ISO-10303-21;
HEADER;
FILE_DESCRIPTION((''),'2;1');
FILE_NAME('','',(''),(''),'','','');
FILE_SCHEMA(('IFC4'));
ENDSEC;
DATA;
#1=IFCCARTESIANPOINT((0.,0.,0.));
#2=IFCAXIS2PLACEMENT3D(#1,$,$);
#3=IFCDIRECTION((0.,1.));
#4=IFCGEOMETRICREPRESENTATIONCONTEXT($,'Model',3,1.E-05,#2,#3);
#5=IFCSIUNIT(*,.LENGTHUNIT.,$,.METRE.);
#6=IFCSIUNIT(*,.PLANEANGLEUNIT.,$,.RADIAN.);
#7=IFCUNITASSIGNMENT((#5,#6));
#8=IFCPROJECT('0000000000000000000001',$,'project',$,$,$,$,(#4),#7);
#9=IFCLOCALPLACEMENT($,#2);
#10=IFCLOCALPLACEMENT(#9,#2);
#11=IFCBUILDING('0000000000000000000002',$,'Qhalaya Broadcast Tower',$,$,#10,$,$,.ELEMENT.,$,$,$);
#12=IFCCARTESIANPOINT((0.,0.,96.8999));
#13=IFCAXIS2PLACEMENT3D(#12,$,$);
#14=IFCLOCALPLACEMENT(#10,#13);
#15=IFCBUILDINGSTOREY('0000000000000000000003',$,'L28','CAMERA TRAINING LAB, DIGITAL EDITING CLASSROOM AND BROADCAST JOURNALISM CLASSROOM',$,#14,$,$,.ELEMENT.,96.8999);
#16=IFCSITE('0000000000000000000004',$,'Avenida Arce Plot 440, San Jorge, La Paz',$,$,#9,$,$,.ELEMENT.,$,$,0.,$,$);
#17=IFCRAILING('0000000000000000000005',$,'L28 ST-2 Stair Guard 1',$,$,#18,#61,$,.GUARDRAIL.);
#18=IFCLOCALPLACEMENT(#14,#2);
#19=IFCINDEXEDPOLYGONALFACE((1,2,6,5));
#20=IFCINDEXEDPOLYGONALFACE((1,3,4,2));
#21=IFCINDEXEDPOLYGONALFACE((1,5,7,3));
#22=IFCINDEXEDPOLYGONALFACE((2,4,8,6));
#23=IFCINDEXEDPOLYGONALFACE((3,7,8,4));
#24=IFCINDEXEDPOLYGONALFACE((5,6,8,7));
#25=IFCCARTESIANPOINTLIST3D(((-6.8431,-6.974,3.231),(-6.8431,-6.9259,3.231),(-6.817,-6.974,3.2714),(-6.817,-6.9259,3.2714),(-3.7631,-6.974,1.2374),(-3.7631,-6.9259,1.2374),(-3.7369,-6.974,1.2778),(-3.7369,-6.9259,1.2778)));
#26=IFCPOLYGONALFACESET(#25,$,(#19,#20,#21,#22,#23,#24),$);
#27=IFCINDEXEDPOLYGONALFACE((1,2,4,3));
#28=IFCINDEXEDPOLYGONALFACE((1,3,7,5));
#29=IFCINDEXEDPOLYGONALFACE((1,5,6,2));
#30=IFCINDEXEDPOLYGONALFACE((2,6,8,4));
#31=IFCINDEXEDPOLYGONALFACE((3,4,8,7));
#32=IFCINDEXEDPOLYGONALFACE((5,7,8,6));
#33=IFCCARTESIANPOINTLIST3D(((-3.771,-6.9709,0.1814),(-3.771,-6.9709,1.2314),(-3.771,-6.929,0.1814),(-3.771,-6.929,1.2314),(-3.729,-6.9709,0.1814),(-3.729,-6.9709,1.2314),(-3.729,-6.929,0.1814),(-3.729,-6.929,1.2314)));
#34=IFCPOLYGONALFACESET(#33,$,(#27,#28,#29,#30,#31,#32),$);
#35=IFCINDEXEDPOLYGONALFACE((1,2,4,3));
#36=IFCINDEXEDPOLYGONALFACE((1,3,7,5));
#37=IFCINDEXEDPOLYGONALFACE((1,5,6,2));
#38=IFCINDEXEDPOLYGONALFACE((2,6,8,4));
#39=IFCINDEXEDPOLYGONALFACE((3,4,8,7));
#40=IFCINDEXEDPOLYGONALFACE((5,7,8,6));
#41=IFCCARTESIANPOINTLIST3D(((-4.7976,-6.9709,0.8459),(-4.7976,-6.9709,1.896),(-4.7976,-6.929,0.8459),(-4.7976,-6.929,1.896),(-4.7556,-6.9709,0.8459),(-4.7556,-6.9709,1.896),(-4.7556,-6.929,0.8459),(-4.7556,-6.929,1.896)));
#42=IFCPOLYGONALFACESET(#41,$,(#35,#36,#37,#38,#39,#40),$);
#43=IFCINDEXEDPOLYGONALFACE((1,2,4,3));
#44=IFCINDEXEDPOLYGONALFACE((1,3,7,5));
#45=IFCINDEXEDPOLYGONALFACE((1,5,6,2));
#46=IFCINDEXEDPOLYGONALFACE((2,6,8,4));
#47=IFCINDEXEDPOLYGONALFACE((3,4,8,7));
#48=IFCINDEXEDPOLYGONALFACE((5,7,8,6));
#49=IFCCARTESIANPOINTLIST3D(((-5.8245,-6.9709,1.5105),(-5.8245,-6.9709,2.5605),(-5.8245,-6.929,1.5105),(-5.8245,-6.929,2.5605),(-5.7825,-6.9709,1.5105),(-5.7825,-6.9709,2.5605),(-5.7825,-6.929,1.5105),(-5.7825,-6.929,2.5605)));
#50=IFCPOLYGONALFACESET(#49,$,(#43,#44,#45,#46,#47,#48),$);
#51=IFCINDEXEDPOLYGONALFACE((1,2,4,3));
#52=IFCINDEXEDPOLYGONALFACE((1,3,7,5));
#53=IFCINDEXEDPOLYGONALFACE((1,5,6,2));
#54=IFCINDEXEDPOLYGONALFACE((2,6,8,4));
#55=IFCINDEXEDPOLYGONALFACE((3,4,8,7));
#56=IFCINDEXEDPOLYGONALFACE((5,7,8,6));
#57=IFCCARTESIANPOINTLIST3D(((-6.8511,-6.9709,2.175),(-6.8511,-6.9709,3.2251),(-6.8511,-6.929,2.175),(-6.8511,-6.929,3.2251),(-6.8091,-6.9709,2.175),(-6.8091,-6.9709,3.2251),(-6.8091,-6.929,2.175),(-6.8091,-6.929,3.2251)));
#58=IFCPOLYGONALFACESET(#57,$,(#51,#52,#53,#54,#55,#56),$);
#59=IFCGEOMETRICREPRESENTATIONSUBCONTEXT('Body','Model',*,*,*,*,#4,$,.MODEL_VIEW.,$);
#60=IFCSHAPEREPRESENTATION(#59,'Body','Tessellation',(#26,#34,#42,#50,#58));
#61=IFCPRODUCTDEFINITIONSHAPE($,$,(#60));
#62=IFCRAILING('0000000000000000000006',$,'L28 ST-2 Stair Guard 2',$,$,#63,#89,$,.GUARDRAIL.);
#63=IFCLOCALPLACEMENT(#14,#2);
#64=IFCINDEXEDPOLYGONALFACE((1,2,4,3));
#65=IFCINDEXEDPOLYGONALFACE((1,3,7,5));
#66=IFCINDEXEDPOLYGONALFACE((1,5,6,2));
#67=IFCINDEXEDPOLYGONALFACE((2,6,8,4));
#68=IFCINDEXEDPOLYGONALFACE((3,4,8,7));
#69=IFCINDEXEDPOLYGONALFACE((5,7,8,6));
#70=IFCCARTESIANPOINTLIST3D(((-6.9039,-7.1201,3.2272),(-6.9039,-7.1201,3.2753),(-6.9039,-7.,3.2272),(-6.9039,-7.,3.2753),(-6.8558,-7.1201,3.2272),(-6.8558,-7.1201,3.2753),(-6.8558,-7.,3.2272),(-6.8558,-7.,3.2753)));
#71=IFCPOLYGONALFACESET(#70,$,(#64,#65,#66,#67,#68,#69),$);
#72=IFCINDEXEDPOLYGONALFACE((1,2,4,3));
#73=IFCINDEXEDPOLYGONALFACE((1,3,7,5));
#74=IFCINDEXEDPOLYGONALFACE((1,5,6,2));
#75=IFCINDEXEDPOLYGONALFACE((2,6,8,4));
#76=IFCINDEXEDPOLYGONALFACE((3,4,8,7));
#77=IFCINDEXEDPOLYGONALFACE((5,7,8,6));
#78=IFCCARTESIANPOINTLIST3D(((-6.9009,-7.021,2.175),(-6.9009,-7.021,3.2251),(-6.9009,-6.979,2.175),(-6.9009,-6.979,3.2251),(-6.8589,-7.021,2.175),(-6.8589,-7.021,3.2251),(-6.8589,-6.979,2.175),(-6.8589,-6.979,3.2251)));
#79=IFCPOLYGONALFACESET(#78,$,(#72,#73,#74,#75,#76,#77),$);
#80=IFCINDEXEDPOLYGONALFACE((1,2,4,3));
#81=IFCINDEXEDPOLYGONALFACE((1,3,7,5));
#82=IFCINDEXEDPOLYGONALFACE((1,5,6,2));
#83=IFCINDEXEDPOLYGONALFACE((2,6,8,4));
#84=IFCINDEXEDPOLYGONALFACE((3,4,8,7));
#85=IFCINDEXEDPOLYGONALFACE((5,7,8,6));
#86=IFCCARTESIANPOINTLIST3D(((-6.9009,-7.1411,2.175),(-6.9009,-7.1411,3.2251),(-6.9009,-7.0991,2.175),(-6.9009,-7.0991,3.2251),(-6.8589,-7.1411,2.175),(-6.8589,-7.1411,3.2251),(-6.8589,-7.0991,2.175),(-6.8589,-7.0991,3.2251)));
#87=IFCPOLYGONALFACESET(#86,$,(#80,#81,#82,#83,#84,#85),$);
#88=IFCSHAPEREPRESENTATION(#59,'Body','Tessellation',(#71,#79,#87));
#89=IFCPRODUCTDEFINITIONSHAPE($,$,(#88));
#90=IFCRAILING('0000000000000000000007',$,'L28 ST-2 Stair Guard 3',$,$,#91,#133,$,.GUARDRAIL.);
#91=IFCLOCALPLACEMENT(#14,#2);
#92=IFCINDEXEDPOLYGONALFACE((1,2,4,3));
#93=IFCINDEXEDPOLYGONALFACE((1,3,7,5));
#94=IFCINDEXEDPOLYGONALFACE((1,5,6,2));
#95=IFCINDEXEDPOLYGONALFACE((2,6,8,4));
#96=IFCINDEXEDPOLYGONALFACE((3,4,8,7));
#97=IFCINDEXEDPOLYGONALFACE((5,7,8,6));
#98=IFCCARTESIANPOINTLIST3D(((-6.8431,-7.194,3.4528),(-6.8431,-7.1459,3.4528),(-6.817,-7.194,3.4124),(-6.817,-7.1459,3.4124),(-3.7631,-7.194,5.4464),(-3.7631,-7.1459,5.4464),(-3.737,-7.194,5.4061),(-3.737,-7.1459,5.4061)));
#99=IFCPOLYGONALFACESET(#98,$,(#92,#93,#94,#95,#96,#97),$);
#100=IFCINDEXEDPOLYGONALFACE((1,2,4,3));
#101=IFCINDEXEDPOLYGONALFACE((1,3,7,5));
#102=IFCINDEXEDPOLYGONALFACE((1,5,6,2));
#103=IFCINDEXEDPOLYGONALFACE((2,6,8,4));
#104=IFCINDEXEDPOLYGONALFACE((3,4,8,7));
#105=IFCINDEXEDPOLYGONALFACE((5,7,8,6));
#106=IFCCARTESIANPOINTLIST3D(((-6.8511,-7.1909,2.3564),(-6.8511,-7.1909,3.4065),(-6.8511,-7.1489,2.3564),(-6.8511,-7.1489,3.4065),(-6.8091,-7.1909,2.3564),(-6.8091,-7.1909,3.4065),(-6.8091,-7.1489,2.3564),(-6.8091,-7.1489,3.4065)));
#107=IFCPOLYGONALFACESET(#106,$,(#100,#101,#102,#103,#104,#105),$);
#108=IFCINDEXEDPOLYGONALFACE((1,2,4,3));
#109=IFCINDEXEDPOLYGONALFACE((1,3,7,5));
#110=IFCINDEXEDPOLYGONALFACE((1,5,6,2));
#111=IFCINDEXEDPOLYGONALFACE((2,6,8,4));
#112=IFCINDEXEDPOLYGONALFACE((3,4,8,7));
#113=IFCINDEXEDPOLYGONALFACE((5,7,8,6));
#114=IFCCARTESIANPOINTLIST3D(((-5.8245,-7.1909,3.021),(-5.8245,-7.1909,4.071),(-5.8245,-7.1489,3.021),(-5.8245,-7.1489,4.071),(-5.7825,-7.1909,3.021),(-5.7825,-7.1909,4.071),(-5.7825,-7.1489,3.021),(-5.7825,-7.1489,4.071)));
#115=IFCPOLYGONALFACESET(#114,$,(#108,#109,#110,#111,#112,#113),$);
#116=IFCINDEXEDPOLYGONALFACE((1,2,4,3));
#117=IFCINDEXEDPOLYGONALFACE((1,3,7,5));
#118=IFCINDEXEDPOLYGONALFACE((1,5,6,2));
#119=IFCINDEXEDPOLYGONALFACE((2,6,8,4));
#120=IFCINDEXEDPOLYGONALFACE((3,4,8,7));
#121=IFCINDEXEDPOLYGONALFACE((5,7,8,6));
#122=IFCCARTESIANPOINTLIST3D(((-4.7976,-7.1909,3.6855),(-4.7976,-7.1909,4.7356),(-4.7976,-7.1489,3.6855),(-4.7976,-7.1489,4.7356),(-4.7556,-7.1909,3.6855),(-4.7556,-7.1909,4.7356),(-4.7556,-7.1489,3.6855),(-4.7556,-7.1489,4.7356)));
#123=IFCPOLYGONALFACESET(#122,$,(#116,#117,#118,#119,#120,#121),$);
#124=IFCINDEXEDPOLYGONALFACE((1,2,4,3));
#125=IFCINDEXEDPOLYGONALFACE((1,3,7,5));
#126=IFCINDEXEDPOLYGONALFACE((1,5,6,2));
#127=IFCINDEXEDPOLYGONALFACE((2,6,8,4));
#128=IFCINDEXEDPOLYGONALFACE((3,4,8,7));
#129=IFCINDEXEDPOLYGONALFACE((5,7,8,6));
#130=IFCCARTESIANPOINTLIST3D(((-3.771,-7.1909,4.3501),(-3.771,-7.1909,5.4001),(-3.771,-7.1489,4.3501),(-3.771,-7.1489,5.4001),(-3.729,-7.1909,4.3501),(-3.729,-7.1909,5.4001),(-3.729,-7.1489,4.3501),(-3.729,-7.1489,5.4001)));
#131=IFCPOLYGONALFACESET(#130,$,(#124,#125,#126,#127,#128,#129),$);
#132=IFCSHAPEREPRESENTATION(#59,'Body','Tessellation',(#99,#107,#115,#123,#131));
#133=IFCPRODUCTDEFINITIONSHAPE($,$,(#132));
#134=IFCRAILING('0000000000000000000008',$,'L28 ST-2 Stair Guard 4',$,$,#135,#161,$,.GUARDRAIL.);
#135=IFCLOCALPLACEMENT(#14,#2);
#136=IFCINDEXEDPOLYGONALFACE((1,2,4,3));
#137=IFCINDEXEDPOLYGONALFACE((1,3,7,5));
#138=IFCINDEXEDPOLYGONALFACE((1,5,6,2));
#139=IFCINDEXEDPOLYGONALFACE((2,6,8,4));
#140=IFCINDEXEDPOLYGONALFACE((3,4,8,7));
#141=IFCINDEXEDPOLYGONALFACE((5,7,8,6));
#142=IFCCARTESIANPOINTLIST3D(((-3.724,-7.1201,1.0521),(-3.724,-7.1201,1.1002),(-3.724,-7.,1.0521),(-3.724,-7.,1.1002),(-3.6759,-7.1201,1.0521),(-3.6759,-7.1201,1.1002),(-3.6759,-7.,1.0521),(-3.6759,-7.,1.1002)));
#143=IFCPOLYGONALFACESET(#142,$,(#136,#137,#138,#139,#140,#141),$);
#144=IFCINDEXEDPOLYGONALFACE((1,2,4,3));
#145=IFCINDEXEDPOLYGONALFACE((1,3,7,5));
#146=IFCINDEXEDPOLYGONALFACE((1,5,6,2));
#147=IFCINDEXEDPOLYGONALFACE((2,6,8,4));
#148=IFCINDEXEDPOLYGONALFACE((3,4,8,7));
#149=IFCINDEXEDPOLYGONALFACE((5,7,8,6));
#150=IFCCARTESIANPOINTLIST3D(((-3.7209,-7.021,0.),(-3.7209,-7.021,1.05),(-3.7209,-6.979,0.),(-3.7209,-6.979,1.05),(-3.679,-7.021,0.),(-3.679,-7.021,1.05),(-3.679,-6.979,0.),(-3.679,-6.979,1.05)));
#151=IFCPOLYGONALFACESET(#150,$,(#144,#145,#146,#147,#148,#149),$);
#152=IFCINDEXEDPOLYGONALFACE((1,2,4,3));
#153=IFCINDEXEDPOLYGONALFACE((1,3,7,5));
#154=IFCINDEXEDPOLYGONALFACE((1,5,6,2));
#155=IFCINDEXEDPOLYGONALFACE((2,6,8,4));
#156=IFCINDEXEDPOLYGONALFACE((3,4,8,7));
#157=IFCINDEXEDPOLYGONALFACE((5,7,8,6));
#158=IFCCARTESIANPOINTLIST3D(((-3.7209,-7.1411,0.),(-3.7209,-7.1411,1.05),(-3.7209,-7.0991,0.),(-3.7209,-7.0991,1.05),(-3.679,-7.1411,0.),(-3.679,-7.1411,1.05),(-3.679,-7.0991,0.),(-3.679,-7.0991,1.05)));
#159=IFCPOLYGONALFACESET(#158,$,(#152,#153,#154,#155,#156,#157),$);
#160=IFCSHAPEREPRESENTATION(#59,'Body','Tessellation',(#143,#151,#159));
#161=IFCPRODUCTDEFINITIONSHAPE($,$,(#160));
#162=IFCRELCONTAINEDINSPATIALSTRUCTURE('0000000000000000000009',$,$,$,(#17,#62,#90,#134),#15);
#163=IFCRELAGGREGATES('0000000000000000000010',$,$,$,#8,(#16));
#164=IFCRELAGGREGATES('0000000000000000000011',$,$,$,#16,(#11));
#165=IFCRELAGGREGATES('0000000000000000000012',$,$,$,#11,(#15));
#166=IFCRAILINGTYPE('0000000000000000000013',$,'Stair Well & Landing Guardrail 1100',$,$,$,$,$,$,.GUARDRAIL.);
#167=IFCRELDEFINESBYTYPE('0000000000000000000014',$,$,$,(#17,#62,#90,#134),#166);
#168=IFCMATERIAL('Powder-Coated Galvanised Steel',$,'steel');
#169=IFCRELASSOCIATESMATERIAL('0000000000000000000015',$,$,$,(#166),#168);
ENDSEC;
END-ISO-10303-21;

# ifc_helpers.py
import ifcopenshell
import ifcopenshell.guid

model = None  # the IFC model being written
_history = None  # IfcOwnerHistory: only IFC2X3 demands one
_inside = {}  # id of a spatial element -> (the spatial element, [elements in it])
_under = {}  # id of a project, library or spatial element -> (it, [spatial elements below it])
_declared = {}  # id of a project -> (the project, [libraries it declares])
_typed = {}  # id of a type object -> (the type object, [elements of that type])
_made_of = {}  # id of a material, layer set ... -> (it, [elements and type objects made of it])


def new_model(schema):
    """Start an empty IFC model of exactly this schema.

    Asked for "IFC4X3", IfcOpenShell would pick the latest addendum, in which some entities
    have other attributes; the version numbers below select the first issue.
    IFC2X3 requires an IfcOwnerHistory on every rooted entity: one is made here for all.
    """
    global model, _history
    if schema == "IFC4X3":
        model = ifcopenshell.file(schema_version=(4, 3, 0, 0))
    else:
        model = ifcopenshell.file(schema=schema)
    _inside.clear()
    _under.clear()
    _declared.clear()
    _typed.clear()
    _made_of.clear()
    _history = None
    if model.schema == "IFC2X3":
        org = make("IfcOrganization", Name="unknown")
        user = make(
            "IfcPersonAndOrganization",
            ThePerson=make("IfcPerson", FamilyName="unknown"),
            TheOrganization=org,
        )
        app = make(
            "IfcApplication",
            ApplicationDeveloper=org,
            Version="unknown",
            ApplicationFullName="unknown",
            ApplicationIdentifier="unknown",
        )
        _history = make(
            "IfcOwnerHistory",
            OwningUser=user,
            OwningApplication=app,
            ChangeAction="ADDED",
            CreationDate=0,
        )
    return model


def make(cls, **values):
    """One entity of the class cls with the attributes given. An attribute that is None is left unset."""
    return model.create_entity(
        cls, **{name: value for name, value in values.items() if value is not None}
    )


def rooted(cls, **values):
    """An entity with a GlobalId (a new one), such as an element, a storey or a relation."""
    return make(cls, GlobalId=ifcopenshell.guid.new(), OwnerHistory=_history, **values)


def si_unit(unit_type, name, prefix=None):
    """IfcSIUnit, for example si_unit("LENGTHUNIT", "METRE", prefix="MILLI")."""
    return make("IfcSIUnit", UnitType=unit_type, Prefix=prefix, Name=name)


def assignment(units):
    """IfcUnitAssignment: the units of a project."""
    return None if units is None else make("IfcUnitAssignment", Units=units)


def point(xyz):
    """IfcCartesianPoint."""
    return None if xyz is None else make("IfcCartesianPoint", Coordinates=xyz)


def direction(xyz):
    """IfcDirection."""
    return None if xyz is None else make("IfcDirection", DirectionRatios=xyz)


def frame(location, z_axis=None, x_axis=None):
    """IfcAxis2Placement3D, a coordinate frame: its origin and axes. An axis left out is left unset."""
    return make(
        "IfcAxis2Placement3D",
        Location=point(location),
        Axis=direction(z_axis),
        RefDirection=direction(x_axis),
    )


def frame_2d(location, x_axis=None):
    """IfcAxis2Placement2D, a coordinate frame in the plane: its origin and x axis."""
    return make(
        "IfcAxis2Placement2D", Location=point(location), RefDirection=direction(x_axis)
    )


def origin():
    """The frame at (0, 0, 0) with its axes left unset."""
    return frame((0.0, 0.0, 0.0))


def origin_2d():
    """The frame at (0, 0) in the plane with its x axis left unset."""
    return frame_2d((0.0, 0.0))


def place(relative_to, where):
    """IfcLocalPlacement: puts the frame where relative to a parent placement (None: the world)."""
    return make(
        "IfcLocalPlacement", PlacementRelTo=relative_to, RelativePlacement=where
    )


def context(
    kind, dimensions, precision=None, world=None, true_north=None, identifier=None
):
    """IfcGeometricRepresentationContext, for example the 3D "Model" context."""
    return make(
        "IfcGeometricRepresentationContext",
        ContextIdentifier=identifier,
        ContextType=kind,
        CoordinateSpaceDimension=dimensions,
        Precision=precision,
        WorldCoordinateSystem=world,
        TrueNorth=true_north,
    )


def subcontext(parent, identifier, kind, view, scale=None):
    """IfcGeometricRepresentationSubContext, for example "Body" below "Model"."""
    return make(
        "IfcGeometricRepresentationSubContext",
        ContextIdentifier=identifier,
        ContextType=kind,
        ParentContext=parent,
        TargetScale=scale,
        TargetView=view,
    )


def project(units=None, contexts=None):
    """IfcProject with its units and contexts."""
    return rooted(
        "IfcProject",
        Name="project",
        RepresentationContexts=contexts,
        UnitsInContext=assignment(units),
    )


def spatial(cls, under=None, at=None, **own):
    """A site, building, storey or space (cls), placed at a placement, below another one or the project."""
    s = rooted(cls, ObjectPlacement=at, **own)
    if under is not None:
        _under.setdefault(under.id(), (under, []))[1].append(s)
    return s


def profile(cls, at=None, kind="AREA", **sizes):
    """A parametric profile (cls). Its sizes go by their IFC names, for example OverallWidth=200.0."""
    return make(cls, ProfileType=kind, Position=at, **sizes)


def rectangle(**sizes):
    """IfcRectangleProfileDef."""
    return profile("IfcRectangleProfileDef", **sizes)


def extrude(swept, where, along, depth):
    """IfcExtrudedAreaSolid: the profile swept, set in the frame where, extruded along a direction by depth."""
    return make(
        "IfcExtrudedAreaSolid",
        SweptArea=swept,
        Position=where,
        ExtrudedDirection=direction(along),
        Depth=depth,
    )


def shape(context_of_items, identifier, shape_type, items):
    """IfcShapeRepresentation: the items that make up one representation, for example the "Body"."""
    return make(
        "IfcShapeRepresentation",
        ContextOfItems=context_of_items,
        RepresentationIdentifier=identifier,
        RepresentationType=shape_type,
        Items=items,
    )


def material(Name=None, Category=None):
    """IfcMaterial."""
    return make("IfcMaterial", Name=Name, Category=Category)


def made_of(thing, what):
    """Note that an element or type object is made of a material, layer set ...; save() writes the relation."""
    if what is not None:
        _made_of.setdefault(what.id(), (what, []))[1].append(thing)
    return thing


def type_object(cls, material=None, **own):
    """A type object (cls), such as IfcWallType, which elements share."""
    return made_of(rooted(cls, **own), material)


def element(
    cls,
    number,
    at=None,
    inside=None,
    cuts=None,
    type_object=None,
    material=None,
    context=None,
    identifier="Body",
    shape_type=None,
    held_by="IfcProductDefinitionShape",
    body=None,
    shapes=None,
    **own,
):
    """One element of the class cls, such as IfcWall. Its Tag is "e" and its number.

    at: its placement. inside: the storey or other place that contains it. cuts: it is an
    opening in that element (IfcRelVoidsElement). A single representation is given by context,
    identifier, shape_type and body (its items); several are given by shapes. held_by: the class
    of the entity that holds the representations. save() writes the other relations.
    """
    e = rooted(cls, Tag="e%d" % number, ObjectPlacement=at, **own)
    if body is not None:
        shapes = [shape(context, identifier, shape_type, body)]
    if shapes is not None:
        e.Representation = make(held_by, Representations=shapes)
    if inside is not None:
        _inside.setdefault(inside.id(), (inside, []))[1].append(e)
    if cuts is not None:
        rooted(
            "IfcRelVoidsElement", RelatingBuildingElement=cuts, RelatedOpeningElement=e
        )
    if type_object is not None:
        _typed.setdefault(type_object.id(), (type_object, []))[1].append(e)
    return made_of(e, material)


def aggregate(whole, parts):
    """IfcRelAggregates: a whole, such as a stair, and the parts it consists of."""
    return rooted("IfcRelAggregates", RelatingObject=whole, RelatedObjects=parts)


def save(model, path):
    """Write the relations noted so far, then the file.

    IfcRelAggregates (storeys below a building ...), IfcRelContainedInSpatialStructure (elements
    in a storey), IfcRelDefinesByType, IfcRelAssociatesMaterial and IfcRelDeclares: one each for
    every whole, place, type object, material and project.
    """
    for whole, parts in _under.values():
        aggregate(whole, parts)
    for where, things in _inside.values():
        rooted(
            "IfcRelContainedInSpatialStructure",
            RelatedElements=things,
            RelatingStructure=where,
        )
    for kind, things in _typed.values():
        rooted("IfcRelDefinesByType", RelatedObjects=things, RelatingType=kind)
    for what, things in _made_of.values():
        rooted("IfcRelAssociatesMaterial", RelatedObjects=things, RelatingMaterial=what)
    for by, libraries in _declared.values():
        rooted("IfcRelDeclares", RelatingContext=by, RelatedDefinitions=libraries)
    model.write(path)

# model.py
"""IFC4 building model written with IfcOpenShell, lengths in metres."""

from ifc_helpers import new_model, si_unit, direction, frame, origin, origin_2d, place, context, subcontext, project, spatial, rectangle, extrude, material, type_object, element, save


model = new_model("IFC4")

# Units and contexts
model_context = context("Model", 3, precision=1e-05, world=origin(), true_north=direction((0.0, 1.0)))
body_context = subcontext(model_context, "Body", "Model", "MODEL_VIEW")
ifc_project = project(units=[si_unit("LENGTHUNIT", "METRE"), si_unit("PLANEANGLEUNIT", "RADIAN")], contexts=[model_context])

# Site, building, storey
site_placement = place(None, origin())
site = spatial("IfcSite", under=ifc_project, at=site_placement, Name="Avenida Arce Plot 440, San Jorge, La Paz", CompositionType="ELEMENT", RefElevation=0.0)
building_placement = place(site_placement, origin())
building = spatial("IfcBuilding", under=site, at=building_placement, Name="Qhalaya Broadcast Tower", CompositionType="ELEMENT")
storey_placement = place(building_placement, frame((0.0, 0.0, 96.8999)))
storey = spatial("IfcBuildingStorey", under=building, at=storey_placement, Name="L28", Description="CAMERA TRAINING LAB, DIGITAL EDITING CLASSROOM AND BROADCAST JOURNALISM CLASSROOM", CompositionType="ELEMENT", Elevation=96.8999)

# Railings
ifc_material_1 = material(Name="Powder-Coated Galvanised Steel", Category="steel")
railing_type_1 = type_object("IfcRailingType", Name="Stair Well & Landing Guardrail 1100", PredefinedType="GUARDRAIL", material=ifc_material_1)
railing_1_placement = place(storey_placement, frame((-3.75, -6.95, 0.1814)))
element("IfcRailing", 1, at=railing_1_placement, inside=storey, type_object=railing_type_1, Name="L28 ST-2 Stair Guard 1", PredefinedType="GUARDRAIL", context=body_context, shape_type="SweptSolid", body=[
    extrude(rectangle(XDim=0.0481, YDim=0.0481, at=origin_2d()), frame((0.0, 0.0, 1.0762), z_axis=(-0.839488, 0.0, 0.543378), x_axis=(0.0, -1.0, 0.0)), (0.0, 0.0, 1.0), 3.6689),
    extrude(rectangle(XDim=0.042, YDim=0.042, at=origin_2d()), origin(), (0.0, 0.0, 1.0), 1.05),
    extrude(rectangle(XDim=0.042, YDim=0.042, at=origin_2d()), frame((-1.0266, 0.0, 0.6646)), (0.0, 0.0, 1.0), 1.05),
    extrude(rectangle(XDim=0.042, YDim=0.042, at=origin_2d()), frame((-2.0535, 0.0, 1.3291)), (0.0, 0.0, 1.0), 1.05),
    extrude(rectangle(XDim=0.042, YDim=0.042, at=origin_2d()), frame((-3.0801, 0.0, 1.9937)), (0.0, 0.0, 1.0), 1.05),
])
railing_2_placement = place(storey_placement, frame((-6.8799, -7.0, 2.175)))
element("IfcRailing", 2, at=railing_2_placement, inside=storey, type_object=railing_type_1, Name="L28 ST-2 Stair Guard 2", PredefinedType="GUARDRAIL", context=body_context, shape_type="SweptSolid", body=[
    extrude(rectangle(XDim=0.0481, YDim=0.0481, at=origin_2d()), frame((0.0, 0.0, 1.0762), z_axis=(0.0, -1.0, 0.0), x_axis=(1.0, 0.0, 0.0)), (0.0, 0.0, 1.0), 0.1201),
    extrude(rectangle(XDim=0.042, YDim=0.042, at=origin_2d()), origin(), (0.0, 0.0, 1.0), 1.05),
    extrude(rectangle(XDim=0.042, YDim=0.042, at=origin_2d()), frame((0.0, -0.1201, 0.0)), (0.0, 0.0, 1.0), 1.05),
])
railing_3_placement = place(storey_placement, frame((-6.8301, -7.1699, 2.3564)))
element("IfcRailing", 3, at=railing_3_placement, inside=storey, type_object=railing_type_1, Name="L28 ST-2 Stair Guard 3", PredefinedType="GUARDRAIL", context=body_context, shape_type="SweptSolid", body=[
    extrude(rectangle(XDim=0.0481, YDim=0.0481, at=origin_2d()), frame((0.0, 0.0, 1.0762), z_axis=(0.839488, 0.0, 0.543378), x_axis=(0.0, 1.0, 0.0)), (0.0, 0.0, 1.0), 3.6689),
    extrude(rectangle(XDim=0.042, YDim=0.042, at=origin_2d()), origin(), (0.0, 0.0, 1.0), 1.05),
    extrude(rectangle(XDim=0.042, YDim=0.042, at=origin_2d()), frame((1.0266, 0.0, 0.6646)), (0.0, 0.0, 1.0), 1.05),
    extrude(rectangle(XDim=0.042, YDim=0.042, at=origin_2d()), frame((2.0535, 0.0, 1.3291)), (0.0, 0.0, 1.0), 1.05),
    extrude(rectangle(XDim=0.042, YDim=0.042, at=origin_2d()), frame((3.0801, 0.0, 1.9937)), (0.0, 0.0, 1.0), 1.05),
])
railing_4_placement = place(storey_placement, frame((-3.7, -7.0, 0.0)))
element("IfcRailing", 4, at=railing_4_placement, inside=storey, type_object=railing_type_1, Name="L28 ST-2 Stair Guard 4", PredefinedType="GUARDRAIL", context=body_context, shape_type="SweptSolid", body=[
    extrude(rectangle(XDim=0.0481, YDim=0.0481, at=origin_2d()), frame((0.0, 0.0, 1.0762), z_axis=(0.0, -1.0, 0.0), x_axis=(1.0, 0.0, 0.0)), (0.0, 0.0, 1.0), 0.1201),
    extrude(rectangle(XDim=0.042, YDim=0.042, at=origin_2d()), origin(), (0.0, 0.0, 1.0), 1.05),
    extrude(rectangle(XDim=0.042, YDim=0.042, at=origin_2d()), frame((0.0, -0.1201, 0.0)), (0.0, 0.0, 1.0), 1.05),
])

save(model, "model.ifc")
